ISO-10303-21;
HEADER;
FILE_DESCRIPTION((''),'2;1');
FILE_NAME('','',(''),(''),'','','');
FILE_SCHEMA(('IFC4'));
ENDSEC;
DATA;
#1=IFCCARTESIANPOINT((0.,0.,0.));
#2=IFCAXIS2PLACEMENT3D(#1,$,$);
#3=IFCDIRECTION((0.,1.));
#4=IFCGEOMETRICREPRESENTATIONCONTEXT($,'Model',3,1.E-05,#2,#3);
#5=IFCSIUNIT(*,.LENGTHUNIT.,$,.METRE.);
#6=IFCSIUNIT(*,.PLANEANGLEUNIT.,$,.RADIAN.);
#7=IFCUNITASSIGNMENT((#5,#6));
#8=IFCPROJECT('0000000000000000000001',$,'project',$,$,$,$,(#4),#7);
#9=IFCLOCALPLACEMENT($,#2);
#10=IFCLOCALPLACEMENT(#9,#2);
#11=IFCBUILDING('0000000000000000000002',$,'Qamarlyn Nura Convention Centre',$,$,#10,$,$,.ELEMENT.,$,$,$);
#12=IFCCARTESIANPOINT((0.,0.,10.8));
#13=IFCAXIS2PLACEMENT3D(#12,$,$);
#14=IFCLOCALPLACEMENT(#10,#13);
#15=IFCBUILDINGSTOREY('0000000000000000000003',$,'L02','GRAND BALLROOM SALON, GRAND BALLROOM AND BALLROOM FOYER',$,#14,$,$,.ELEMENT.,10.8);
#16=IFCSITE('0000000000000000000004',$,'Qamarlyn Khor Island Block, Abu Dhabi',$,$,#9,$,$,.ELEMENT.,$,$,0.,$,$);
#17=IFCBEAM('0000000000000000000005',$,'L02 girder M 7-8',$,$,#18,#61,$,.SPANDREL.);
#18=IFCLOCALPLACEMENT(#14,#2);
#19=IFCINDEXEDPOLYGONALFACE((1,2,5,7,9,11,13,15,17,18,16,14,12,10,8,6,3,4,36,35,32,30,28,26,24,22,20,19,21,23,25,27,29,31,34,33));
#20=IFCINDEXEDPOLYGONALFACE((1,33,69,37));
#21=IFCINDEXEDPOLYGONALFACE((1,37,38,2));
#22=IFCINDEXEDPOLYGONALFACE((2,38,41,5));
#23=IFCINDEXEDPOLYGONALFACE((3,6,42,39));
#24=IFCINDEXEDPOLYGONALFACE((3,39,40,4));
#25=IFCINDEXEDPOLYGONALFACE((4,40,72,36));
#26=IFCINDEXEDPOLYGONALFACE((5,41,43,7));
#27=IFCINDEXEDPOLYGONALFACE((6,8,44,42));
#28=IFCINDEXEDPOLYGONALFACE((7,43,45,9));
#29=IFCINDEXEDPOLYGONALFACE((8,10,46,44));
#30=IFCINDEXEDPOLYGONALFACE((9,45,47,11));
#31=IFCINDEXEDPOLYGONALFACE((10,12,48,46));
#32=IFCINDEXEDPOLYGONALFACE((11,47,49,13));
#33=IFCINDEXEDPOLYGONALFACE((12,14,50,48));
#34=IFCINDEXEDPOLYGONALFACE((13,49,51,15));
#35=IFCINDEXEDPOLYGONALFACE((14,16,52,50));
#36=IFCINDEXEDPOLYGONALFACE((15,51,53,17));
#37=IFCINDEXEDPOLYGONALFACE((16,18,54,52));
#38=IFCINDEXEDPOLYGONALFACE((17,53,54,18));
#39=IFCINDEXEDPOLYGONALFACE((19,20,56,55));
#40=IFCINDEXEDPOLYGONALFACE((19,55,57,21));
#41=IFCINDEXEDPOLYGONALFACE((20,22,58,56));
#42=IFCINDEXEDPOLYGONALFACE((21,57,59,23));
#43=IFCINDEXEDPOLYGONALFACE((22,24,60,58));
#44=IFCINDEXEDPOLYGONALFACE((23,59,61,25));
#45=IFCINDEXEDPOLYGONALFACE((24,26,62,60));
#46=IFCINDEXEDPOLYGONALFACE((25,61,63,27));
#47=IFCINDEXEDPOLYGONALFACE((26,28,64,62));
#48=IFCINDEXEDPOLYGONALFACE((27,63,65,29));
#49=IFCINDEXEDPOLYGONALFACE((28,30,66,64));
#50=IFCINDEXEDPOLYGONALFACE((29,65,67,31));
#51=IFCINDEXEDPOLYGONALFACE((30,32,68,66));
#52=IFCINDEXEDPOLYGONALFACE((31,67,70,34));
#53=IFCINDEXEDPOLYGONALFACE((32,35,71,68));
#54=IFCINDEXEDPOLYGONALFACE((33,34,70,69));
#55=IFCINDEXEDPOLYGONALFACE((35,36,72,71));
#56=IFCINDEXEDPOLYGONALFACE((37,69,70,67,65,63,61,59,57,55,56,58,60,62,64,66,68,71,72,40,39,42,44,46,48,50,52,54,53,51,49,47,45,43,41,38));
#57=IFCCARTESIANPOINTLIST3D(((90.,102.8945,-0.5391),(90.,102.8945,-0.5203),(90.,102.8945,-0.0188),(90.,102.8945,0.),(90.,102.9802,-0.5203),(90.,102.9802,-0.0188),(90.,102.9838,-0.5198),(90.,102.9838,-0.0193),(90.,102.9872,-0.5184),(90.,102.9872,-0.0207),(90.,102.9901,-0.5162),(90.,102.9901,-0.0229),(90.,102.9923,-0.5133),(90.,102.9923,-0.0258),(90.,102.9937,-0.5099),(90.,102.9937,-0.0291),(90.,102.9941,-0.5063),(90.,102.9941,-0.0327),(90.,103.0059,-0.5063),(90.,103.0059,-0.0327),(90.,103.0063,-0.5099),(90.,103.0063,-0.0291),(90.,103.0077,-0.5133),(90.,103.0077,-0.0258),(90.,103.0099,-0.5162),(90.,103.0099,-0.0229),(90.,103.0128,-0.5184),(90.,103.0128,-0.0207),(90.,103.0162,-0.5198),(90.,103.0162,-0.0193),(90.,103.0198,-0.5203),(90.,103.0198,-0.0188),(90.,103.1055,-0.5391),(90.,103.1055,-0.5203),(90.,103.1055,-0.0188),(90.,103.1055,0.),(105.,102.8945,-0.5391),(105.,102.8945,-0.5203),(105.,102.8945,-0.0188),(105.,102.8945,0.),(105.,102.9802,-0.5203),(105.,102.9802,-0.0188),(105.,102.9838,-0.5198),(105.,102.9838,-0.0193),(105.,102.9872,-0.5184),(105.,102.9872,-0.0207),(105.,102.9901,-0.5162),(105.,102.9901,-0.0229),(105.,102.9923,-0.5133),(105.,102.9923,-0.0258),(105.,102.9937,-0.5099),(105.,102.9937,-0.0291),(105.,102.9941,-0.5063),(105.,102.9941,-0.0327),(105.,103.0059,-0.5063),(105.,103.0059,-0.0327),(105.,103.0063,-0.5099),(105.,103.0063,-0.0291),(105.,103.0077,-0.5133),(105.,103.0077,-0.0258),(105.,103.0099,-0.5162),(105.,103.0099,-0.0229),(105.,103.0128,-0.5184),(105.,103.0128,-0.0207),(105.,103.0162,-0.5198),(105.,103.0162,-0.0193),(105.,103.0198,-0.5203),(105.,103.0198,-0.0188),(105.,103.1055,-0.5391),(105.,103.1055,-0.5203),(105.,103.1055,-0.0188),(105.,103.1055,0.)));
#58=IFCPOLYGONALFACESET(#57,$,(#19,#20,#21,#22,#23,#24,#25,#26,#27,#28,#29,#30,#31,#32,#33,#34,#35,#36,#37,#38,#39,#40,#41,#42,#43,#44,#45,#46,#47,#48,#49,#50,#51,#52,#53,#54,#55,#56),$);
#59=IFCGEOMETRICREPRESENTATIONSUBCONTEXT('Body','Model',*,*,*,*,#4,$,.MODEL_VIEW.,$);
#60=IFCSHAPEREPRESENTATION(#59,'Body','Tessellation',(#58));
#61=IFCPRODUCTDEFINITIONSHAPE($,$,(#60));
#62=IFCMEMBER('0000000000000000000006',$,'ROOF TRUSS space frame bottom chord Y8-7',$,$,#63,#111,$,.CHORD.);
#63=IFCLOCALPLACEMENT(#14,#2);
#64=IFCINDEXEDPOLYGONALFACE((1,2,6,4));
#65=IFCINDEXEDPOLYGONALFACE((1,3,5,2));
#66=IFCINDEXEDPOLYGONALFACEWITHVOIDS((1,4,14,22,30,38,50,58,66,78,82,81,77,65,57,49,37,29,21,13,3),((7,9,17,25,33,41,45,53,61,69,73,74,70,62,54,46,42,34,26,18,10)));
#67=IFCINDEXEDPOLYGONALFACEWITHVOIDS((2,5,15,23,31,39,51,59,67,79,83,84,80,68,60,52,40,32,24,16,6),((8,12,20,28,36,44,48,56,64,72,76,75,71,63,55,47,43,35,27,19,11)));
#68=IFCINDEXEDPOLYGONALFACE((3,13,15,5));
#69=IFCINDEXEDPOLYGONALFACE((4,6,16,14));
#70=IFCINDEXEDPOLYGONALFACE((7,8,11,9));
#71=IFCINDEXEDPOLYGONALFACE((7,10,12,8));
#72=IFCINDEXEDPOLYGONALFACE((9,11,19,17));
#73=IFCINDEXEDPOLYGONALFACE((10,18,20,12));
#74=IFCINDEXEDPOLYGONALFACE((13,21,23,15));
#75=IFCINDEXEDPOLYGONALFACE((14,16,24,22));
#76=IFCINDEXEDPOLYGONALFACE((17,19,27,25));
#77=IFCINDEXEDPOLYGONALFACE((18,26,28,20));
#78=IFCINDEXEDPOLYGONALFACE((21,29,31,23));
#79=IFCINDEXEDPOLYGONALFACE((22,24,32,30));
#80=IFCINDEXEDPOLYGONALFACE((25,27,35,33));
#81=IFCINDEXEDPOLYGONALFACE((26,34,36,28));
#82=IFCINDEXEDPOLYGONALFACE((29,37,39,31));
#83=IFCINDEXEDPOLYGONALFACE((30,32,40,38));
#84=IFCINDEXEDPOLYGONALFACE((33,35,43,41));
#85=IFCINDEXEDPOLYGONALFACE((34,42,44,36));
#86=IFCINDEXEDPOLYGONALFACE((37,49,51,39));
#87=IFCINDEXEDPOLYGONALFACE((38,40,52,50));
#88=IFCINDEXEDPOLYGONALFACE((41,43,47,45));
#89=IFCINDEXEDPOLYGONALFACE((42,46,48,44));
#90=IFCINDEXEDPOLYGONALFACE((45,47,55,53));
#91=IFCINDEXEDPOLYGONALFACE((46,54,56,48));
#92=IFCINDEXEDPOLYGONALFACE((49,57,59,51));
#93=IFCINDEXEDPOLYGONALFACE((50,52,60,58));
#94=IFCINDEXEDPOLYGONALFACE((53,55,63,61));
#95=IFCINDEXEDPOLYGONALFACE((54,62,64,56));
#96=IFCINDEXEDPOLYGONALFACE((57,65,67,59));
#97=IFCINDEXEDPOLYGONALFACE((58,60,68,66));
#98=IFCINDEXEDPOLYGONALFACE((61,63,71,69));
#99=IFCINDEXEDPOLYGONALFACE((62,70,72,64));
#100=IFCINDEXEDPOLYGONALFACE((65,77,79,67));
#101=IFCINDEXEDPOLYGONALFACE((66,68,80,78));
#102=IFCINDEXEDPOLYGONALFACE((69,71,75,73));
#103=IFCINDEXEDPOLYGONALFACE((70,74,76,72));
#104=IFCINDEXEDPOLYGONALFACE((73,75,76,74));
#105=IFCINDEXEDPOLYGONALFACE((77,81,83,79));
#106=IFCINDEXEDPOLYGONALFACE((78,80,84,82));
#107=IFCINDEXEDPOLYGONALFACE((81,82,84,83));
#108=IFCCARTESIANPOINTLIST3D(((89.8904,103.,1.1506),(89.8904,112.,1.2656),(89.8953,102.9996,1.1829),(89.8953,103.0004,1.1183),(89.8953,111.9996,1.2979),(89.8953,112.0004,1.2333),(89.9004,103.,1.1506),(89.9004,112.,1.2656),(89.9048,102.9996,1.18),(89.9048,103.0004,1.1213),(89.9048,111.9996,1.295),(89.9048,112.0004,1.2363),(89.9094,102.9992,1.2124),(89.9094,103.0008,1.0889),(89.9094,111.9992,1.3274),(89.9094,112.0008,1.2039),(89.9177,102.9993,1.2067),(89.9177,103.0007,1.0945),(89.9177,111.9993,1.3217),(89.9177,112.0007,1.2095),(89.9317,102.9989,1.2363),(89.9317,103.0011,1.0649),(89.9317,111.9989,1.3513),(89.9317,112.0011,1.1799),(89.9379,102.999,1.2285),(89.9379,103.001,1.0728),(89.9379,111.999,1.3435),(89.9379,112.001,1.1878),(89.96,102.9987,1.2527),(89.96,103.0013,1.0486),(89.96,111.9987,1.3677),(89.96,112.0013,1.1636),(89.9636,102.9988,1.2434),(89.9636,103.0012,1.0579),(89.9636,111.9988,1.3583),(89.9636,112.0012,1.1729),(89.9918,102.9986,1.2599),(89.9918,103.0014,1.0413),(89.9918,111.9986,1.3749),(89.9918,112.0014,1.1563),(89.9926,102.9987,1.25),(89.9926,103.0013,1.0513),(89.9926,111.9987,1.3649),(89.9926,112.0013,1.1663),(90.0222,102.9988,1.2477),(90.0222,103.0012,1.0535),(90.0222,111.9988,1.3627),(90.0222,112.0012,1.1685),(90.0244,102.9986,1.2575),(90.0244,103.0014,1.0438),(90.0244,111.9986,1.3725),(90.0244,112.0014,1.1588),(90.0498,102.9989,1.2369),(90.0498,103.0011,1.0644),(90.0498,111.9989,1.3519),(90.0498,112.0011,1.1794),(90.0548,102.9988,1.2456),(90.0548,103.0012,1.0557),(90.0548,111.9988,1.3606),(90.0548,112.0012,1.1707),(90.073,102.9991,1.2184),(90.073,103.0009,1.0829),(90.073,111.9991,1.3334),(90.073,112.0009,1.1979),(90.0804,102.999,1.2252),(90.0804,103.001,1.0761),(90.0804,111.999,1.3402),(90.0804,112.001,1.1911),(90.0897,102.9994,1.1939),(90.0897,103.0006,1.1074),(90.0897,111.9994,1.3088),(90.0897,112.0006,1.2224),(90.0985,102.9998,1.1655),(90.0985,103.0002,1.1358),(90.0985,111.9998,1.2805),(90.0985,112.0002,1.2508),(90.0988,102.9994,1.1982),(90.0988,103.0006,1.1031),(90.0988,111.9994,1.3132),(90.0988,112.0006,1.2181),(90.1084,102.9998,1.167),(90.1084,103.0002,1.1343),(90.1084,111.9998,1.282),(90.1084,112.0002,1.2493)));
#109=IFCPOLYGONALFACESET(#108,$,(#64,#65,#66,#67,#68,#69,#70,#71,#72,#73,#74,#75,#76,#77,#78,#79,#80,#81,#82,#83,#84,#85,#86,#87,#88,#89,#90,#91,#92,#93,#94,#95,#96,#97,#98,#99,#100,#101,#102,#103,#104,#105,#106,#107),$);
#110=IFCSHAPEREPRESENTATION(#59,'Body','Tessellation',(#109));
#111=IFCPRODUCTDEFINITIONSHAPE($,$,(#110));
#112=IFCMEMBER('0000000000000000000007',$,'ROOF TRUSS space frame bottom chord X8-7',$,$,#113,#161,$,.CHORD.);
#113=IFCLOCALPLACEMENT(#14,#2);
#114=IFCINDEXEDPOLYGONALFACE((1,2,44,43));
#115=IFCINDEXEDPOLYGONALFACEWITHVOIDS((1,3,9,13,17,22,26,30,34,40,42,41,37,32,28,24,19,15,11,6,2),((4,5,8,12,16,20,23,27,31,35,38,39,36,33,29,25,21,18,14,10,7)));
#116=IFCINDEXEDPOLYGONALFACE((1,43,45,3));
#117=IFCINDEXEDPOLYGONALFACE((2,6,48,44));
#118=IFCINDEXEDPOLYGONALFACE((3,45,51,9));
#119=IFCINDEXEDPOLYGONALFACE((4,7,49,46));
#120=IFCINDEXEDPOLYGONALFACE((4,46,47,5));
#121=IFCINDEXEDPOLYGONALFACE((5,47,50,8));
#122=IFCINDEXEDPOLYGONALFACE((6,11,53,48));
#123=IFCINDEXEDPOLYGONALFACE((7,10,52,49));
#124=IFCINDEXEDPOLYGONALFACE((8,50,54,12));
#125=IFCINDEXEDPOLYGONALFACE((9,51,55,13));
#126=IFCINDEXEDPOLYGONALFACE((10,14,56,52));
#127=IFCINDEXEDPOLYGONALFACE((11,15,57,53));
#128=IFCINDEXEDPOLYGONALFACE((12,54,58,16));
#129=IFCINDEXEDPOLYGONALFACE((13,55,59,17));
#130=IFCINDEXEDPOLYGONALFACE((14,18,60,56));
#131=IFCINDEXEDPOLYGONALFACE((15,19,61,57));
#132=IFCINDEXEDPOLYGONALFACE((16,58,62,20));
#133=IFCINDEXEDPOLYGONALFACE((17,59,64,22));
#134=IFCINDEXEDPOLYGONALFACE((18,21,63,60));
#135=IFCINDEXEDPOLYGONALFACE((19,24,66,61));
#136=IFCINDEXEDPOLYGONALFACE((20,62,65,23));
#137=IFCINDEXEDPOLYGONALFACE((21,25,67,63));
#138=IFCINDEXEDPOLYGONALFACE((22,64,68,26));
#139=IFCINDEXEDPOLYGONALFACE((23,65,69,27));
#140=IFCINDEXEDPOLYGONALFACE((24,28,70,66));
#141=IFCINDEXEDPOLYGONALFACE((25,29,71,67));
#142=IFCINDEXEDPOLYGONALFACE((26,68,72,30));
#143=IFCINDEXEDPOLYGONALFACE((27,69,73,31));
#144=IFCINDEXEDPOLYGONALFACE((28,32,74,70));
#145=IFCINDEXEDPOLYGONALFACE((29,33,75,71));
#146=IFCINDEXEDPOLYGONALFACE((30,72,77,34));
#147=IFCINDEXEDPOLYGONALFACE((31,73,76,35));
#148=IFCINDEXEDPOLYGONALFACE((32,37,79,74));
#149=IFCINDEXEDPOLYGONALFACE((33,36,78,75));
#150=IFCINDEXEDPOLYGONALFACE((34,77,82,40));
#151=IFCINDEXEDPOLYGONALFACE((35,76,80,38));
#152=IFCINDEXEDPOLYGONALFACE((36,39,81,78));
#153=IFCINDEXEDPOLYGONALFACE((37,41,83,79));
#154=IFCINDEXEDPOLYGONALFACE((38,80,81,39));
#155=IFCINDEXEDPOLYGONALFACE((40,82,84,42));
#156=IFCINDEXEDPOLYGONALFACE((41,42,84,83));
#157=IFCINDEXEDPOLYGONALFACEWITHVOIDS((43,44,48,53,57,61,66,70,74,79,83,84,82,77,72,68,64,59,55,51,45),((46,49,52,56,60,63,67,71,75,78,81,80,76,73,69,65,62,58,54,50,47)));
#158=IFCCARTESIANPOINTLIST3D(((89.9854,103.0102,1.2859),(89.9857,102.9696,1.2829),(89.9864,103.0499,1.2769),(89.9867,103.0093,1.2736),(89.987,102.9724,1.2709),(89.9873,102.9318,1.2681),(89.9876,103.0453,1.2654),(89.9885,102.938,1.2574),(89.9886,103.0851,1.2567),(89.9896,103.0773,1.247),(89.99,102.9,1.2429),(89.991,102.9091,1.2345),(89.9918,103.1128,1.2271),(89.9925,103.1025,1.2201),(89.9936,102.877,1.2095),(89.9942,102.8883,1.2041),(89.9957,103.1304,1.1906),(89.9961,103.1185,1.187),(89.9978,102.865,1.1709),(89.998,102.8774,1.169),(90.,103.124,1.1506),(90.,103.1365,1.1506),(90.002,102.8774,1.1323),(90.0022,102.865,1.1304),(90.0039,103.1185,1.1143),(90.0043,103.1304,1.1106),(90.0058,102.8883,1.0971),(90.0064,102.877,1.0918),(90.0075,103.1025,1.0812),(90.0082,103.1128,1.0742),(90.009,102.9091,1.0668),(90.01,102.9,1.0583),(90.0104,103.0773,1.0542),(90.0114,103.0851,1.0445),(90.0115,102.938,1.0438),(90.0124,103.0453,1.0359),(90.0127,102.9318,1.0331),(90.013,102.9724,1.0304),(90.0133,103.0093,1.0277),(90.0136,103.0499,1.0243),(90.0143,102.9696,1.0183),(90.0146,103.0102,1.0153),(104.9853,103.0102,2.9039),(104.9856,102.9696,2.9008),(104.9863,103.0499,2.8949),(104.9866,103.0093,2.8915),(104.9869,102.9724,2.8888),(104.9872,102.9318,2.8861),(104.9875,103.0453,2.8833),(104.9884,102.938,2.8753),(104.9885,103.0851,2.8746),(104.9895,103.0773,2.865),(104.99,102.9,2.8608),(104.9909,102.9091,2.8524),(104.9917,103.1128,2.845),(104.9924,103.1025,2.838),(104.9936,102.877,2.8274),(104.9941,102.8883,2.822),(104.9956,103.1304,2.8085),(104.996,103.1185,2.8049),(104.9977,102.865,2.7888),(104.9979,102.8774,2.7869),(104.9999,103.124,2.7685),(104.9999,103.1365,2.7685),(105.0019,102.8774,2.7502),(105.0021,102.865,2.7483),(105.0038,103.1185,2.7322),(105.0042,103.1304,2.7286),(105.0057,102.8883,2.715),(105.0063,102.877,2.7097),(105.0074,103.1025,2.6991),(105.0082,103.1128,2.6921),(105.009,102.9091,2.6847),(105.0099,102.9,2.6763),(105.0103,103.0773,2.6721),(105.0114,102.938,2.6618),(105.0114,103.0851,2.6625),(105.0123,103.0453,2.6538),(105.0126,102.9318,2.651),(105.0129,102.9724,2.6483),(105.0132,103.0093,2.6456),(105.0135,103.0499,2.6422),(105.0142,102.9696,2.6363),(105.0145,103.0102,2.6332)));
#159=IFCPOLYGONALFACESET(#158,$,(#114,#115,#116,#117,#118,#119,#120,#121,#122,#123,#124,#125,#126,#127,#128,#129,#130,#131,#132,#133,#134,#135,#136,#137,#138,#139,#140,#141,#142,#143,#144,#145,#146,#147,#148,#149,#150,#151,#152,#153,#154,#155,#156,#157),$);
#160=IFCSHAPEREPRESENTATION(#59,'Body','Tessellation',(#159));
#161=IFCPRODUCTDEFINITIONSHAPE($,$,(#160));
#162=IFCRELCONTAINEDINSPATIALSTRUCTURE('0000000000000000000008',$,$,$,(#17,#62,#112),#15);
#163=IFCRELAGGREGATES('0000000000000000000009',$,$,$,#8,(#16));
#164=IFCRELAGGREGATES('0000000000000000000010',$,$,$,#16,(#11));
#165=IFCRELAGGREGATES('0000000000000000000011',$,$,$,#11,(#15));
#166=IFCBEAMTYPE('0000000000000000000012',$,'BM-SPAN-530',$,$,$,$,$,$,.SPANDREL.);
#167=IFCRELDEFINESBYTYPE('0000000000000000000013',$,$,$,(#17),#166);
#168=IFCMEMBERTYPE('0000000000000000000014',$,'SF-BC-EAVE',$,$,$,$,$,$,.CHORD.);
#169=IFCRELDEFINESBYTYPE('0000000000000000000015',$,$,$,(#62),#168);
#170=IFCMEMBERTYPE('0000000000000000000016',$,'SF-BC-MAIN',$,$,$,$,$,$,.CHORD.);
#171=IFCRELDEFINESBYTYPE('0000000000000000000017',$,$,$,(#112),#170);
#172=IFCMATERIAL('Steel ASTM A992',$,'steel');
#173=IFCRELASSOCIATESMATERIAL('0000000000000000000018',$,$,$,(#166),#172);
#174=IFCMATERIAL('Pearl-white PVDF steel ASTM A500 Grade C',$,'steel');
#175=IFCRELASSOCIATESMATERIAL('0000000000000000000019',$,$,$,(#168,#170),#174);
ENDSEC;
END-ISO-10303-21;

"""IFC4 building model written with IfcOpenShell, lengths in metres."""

from ifc_helpers import new_model, si_unit, direction, frame, origin, origin_2d, place, context, subcontext, project, spatial, hollow_circle, i_section, extrude, material, material_profile, profile_set, type_object, element, save


model = new_model("IFC4")

# Units and contexts
model_context = context("Model", 3, precision=1e-05, world=origin(), true_north=direction((0.0, 1.0)))
body_context = subcontext(model_context, "Body", "Model", "MODEL_VIEW")
ifc_project = project(units=[si_unit("LENGTHUNIT", "METRE"), si_unit("PLANEANGLEUNIT", "RADIAN")], contexts=[model_context])

# Site, building, storey
site_placement = place(None, origin())
site = spatial("IfcSite", under=ifc_project, at=site_placement, Name="Qamarlyn Khor Island Block, Abu Dhabi", CompositionType="ELEMENT", RefElevation=0.0)
building_placement = place(site_placement, origin())
building = spatial("IfcBuilding", under=site, at=building_placement, Name="Qamarlyn Nura Convention Centre", CompositionType="ELEMENT")
storey_placement = place(building_placement, frame((0.0, 0.0, 10.8)))
storey = spatial("IfcBuildingStorey", under=building, at=storey_placement, Name="L02", Description="GRAND BALLROOM SALON, GRAND BALLROOM AND BALLROOM FOYER", CompositionType="ELEMENT", Elevation=10.8)

# Shared definitions
ifc_material_1 = material(Name="Pearl-white PVDF steel ASTM A500 Grade C", Category="steel")

# Beam
ifc_material_2 = material(Name="Steel ASTM A992", Category="steel")
ifc_material_profile_1 = material_profile(ifc_material_2, i_section(OverallWidth=0.2109, OverallDepth=0.5391, WebThickness=0.0117, FlangeThickness=0.0188, FilletRadius=0.0139, at=origin_2d()), Name="W530X109")
ifc_profile_set_1 = profile_set([ifc_material_profile_1], Name="Steel ASTM A992")
beam_type_1 = type_object("IfcBeamType", Name="BM-SPAN-530", PredefinedType="SPANDREL", material=ifc_profile_set_1)
beam_1_placement = place(storey_placement, frame((90.0, 103.0, -0.2695), z_axis=(1.0, 0.0, 0.0), x_axis=(0.0, 1.0, 0.0)))
element("IfcBeam", 1, at=beam_1_placement, inside=storey, type_object=beam_type_1, Name="L02 girder M 7-8", PredefinedType="SPANDREL", context=body_context, shape_type="SweptSolid", body=[
    extrude(i_section(OverallWidth=0.2109, OverallDepth=0.5391, WebThickness=0.0117, FlangeThickness=0.0188, FilletRadius=0.0139, at=origin_2d()), origin(), (0.0, 0.0, 1.0), 15.0),
])

# Members
ifc_material_profile_2 = material_profile(ifc_material_1, hollow_circle(Radius=0.1096, WallThickness=0.01, at=origin_2d()), Name="CHS219.1X10")
ifc_profile_set_2 = profile_set([ifc_material_profile_2], Name="Pearl-white PVDF steel ASTM A500 Grade C")
member_type_1 = type_object("IfcMemberType", Name="SF-BC-EAVE", PredefinedType="CHORD", material=ifc_profile_set_2)
member_1_placement = place(storey_placement, frame((90.0, 103.0, 1.1506), z_axis=(0.0, 0.999918, 0.012776), x_axis=(-1.0, 0.0, 0.0)))
element("IfcMember", 2, at=member_1_placement, inside=storey, type_object=member_type_1, Name="ROOF TRUSS space frame bottom chord Y8-7", PredefinedType="CHORD", context=body_context, shape_type="SweptSolid", body=[
    extrude(hollow_circle(Radius=0.1096, WallThickness=0.01, at=origin_2d()), origin(), (0.0, 0.0, 1.0), 9.0007),
])
ifc_material_profile_3 = material_profile(ifc_material_1, hollow_circle(Radius=0.1365, WallThickness=0.0125, at=origin_2d()), Name="CHS273X12.5")
ifc_profile_set_3 = profile_set([ifc_material_profile_3], Name="Pearl-white PVDF steel ASTM A500 Grade C")
member_type_2 = type_object("IfcMemberType", Name="SF-BC-MAIN", PredefinedType="CHORD", material=ifc_profile_set_3)
member_2_placement = place(storey_placement, frame((90.0, 103.0, 1.1506), z_axis=(0.994233, 0.0, 0.107239), x_axis=(0.0, 1.0, 0.0)))
element("IfcMember", 3, at=member_2_placement, inside=storey, type_object=member_type_2, Name="ROOF TRUSS space frame bottom chord X8-7", PredefinedType="CHORD", context=body_context, shape_type="SweptSolid", body=[
    extrude(hollow_circle(Radius=0.1365, WallThickness=0.0125, at=origin_2d()), origin(), (0.0, 0.0, 1.0), 15.0869),
])

save(model, "model.ifc")
